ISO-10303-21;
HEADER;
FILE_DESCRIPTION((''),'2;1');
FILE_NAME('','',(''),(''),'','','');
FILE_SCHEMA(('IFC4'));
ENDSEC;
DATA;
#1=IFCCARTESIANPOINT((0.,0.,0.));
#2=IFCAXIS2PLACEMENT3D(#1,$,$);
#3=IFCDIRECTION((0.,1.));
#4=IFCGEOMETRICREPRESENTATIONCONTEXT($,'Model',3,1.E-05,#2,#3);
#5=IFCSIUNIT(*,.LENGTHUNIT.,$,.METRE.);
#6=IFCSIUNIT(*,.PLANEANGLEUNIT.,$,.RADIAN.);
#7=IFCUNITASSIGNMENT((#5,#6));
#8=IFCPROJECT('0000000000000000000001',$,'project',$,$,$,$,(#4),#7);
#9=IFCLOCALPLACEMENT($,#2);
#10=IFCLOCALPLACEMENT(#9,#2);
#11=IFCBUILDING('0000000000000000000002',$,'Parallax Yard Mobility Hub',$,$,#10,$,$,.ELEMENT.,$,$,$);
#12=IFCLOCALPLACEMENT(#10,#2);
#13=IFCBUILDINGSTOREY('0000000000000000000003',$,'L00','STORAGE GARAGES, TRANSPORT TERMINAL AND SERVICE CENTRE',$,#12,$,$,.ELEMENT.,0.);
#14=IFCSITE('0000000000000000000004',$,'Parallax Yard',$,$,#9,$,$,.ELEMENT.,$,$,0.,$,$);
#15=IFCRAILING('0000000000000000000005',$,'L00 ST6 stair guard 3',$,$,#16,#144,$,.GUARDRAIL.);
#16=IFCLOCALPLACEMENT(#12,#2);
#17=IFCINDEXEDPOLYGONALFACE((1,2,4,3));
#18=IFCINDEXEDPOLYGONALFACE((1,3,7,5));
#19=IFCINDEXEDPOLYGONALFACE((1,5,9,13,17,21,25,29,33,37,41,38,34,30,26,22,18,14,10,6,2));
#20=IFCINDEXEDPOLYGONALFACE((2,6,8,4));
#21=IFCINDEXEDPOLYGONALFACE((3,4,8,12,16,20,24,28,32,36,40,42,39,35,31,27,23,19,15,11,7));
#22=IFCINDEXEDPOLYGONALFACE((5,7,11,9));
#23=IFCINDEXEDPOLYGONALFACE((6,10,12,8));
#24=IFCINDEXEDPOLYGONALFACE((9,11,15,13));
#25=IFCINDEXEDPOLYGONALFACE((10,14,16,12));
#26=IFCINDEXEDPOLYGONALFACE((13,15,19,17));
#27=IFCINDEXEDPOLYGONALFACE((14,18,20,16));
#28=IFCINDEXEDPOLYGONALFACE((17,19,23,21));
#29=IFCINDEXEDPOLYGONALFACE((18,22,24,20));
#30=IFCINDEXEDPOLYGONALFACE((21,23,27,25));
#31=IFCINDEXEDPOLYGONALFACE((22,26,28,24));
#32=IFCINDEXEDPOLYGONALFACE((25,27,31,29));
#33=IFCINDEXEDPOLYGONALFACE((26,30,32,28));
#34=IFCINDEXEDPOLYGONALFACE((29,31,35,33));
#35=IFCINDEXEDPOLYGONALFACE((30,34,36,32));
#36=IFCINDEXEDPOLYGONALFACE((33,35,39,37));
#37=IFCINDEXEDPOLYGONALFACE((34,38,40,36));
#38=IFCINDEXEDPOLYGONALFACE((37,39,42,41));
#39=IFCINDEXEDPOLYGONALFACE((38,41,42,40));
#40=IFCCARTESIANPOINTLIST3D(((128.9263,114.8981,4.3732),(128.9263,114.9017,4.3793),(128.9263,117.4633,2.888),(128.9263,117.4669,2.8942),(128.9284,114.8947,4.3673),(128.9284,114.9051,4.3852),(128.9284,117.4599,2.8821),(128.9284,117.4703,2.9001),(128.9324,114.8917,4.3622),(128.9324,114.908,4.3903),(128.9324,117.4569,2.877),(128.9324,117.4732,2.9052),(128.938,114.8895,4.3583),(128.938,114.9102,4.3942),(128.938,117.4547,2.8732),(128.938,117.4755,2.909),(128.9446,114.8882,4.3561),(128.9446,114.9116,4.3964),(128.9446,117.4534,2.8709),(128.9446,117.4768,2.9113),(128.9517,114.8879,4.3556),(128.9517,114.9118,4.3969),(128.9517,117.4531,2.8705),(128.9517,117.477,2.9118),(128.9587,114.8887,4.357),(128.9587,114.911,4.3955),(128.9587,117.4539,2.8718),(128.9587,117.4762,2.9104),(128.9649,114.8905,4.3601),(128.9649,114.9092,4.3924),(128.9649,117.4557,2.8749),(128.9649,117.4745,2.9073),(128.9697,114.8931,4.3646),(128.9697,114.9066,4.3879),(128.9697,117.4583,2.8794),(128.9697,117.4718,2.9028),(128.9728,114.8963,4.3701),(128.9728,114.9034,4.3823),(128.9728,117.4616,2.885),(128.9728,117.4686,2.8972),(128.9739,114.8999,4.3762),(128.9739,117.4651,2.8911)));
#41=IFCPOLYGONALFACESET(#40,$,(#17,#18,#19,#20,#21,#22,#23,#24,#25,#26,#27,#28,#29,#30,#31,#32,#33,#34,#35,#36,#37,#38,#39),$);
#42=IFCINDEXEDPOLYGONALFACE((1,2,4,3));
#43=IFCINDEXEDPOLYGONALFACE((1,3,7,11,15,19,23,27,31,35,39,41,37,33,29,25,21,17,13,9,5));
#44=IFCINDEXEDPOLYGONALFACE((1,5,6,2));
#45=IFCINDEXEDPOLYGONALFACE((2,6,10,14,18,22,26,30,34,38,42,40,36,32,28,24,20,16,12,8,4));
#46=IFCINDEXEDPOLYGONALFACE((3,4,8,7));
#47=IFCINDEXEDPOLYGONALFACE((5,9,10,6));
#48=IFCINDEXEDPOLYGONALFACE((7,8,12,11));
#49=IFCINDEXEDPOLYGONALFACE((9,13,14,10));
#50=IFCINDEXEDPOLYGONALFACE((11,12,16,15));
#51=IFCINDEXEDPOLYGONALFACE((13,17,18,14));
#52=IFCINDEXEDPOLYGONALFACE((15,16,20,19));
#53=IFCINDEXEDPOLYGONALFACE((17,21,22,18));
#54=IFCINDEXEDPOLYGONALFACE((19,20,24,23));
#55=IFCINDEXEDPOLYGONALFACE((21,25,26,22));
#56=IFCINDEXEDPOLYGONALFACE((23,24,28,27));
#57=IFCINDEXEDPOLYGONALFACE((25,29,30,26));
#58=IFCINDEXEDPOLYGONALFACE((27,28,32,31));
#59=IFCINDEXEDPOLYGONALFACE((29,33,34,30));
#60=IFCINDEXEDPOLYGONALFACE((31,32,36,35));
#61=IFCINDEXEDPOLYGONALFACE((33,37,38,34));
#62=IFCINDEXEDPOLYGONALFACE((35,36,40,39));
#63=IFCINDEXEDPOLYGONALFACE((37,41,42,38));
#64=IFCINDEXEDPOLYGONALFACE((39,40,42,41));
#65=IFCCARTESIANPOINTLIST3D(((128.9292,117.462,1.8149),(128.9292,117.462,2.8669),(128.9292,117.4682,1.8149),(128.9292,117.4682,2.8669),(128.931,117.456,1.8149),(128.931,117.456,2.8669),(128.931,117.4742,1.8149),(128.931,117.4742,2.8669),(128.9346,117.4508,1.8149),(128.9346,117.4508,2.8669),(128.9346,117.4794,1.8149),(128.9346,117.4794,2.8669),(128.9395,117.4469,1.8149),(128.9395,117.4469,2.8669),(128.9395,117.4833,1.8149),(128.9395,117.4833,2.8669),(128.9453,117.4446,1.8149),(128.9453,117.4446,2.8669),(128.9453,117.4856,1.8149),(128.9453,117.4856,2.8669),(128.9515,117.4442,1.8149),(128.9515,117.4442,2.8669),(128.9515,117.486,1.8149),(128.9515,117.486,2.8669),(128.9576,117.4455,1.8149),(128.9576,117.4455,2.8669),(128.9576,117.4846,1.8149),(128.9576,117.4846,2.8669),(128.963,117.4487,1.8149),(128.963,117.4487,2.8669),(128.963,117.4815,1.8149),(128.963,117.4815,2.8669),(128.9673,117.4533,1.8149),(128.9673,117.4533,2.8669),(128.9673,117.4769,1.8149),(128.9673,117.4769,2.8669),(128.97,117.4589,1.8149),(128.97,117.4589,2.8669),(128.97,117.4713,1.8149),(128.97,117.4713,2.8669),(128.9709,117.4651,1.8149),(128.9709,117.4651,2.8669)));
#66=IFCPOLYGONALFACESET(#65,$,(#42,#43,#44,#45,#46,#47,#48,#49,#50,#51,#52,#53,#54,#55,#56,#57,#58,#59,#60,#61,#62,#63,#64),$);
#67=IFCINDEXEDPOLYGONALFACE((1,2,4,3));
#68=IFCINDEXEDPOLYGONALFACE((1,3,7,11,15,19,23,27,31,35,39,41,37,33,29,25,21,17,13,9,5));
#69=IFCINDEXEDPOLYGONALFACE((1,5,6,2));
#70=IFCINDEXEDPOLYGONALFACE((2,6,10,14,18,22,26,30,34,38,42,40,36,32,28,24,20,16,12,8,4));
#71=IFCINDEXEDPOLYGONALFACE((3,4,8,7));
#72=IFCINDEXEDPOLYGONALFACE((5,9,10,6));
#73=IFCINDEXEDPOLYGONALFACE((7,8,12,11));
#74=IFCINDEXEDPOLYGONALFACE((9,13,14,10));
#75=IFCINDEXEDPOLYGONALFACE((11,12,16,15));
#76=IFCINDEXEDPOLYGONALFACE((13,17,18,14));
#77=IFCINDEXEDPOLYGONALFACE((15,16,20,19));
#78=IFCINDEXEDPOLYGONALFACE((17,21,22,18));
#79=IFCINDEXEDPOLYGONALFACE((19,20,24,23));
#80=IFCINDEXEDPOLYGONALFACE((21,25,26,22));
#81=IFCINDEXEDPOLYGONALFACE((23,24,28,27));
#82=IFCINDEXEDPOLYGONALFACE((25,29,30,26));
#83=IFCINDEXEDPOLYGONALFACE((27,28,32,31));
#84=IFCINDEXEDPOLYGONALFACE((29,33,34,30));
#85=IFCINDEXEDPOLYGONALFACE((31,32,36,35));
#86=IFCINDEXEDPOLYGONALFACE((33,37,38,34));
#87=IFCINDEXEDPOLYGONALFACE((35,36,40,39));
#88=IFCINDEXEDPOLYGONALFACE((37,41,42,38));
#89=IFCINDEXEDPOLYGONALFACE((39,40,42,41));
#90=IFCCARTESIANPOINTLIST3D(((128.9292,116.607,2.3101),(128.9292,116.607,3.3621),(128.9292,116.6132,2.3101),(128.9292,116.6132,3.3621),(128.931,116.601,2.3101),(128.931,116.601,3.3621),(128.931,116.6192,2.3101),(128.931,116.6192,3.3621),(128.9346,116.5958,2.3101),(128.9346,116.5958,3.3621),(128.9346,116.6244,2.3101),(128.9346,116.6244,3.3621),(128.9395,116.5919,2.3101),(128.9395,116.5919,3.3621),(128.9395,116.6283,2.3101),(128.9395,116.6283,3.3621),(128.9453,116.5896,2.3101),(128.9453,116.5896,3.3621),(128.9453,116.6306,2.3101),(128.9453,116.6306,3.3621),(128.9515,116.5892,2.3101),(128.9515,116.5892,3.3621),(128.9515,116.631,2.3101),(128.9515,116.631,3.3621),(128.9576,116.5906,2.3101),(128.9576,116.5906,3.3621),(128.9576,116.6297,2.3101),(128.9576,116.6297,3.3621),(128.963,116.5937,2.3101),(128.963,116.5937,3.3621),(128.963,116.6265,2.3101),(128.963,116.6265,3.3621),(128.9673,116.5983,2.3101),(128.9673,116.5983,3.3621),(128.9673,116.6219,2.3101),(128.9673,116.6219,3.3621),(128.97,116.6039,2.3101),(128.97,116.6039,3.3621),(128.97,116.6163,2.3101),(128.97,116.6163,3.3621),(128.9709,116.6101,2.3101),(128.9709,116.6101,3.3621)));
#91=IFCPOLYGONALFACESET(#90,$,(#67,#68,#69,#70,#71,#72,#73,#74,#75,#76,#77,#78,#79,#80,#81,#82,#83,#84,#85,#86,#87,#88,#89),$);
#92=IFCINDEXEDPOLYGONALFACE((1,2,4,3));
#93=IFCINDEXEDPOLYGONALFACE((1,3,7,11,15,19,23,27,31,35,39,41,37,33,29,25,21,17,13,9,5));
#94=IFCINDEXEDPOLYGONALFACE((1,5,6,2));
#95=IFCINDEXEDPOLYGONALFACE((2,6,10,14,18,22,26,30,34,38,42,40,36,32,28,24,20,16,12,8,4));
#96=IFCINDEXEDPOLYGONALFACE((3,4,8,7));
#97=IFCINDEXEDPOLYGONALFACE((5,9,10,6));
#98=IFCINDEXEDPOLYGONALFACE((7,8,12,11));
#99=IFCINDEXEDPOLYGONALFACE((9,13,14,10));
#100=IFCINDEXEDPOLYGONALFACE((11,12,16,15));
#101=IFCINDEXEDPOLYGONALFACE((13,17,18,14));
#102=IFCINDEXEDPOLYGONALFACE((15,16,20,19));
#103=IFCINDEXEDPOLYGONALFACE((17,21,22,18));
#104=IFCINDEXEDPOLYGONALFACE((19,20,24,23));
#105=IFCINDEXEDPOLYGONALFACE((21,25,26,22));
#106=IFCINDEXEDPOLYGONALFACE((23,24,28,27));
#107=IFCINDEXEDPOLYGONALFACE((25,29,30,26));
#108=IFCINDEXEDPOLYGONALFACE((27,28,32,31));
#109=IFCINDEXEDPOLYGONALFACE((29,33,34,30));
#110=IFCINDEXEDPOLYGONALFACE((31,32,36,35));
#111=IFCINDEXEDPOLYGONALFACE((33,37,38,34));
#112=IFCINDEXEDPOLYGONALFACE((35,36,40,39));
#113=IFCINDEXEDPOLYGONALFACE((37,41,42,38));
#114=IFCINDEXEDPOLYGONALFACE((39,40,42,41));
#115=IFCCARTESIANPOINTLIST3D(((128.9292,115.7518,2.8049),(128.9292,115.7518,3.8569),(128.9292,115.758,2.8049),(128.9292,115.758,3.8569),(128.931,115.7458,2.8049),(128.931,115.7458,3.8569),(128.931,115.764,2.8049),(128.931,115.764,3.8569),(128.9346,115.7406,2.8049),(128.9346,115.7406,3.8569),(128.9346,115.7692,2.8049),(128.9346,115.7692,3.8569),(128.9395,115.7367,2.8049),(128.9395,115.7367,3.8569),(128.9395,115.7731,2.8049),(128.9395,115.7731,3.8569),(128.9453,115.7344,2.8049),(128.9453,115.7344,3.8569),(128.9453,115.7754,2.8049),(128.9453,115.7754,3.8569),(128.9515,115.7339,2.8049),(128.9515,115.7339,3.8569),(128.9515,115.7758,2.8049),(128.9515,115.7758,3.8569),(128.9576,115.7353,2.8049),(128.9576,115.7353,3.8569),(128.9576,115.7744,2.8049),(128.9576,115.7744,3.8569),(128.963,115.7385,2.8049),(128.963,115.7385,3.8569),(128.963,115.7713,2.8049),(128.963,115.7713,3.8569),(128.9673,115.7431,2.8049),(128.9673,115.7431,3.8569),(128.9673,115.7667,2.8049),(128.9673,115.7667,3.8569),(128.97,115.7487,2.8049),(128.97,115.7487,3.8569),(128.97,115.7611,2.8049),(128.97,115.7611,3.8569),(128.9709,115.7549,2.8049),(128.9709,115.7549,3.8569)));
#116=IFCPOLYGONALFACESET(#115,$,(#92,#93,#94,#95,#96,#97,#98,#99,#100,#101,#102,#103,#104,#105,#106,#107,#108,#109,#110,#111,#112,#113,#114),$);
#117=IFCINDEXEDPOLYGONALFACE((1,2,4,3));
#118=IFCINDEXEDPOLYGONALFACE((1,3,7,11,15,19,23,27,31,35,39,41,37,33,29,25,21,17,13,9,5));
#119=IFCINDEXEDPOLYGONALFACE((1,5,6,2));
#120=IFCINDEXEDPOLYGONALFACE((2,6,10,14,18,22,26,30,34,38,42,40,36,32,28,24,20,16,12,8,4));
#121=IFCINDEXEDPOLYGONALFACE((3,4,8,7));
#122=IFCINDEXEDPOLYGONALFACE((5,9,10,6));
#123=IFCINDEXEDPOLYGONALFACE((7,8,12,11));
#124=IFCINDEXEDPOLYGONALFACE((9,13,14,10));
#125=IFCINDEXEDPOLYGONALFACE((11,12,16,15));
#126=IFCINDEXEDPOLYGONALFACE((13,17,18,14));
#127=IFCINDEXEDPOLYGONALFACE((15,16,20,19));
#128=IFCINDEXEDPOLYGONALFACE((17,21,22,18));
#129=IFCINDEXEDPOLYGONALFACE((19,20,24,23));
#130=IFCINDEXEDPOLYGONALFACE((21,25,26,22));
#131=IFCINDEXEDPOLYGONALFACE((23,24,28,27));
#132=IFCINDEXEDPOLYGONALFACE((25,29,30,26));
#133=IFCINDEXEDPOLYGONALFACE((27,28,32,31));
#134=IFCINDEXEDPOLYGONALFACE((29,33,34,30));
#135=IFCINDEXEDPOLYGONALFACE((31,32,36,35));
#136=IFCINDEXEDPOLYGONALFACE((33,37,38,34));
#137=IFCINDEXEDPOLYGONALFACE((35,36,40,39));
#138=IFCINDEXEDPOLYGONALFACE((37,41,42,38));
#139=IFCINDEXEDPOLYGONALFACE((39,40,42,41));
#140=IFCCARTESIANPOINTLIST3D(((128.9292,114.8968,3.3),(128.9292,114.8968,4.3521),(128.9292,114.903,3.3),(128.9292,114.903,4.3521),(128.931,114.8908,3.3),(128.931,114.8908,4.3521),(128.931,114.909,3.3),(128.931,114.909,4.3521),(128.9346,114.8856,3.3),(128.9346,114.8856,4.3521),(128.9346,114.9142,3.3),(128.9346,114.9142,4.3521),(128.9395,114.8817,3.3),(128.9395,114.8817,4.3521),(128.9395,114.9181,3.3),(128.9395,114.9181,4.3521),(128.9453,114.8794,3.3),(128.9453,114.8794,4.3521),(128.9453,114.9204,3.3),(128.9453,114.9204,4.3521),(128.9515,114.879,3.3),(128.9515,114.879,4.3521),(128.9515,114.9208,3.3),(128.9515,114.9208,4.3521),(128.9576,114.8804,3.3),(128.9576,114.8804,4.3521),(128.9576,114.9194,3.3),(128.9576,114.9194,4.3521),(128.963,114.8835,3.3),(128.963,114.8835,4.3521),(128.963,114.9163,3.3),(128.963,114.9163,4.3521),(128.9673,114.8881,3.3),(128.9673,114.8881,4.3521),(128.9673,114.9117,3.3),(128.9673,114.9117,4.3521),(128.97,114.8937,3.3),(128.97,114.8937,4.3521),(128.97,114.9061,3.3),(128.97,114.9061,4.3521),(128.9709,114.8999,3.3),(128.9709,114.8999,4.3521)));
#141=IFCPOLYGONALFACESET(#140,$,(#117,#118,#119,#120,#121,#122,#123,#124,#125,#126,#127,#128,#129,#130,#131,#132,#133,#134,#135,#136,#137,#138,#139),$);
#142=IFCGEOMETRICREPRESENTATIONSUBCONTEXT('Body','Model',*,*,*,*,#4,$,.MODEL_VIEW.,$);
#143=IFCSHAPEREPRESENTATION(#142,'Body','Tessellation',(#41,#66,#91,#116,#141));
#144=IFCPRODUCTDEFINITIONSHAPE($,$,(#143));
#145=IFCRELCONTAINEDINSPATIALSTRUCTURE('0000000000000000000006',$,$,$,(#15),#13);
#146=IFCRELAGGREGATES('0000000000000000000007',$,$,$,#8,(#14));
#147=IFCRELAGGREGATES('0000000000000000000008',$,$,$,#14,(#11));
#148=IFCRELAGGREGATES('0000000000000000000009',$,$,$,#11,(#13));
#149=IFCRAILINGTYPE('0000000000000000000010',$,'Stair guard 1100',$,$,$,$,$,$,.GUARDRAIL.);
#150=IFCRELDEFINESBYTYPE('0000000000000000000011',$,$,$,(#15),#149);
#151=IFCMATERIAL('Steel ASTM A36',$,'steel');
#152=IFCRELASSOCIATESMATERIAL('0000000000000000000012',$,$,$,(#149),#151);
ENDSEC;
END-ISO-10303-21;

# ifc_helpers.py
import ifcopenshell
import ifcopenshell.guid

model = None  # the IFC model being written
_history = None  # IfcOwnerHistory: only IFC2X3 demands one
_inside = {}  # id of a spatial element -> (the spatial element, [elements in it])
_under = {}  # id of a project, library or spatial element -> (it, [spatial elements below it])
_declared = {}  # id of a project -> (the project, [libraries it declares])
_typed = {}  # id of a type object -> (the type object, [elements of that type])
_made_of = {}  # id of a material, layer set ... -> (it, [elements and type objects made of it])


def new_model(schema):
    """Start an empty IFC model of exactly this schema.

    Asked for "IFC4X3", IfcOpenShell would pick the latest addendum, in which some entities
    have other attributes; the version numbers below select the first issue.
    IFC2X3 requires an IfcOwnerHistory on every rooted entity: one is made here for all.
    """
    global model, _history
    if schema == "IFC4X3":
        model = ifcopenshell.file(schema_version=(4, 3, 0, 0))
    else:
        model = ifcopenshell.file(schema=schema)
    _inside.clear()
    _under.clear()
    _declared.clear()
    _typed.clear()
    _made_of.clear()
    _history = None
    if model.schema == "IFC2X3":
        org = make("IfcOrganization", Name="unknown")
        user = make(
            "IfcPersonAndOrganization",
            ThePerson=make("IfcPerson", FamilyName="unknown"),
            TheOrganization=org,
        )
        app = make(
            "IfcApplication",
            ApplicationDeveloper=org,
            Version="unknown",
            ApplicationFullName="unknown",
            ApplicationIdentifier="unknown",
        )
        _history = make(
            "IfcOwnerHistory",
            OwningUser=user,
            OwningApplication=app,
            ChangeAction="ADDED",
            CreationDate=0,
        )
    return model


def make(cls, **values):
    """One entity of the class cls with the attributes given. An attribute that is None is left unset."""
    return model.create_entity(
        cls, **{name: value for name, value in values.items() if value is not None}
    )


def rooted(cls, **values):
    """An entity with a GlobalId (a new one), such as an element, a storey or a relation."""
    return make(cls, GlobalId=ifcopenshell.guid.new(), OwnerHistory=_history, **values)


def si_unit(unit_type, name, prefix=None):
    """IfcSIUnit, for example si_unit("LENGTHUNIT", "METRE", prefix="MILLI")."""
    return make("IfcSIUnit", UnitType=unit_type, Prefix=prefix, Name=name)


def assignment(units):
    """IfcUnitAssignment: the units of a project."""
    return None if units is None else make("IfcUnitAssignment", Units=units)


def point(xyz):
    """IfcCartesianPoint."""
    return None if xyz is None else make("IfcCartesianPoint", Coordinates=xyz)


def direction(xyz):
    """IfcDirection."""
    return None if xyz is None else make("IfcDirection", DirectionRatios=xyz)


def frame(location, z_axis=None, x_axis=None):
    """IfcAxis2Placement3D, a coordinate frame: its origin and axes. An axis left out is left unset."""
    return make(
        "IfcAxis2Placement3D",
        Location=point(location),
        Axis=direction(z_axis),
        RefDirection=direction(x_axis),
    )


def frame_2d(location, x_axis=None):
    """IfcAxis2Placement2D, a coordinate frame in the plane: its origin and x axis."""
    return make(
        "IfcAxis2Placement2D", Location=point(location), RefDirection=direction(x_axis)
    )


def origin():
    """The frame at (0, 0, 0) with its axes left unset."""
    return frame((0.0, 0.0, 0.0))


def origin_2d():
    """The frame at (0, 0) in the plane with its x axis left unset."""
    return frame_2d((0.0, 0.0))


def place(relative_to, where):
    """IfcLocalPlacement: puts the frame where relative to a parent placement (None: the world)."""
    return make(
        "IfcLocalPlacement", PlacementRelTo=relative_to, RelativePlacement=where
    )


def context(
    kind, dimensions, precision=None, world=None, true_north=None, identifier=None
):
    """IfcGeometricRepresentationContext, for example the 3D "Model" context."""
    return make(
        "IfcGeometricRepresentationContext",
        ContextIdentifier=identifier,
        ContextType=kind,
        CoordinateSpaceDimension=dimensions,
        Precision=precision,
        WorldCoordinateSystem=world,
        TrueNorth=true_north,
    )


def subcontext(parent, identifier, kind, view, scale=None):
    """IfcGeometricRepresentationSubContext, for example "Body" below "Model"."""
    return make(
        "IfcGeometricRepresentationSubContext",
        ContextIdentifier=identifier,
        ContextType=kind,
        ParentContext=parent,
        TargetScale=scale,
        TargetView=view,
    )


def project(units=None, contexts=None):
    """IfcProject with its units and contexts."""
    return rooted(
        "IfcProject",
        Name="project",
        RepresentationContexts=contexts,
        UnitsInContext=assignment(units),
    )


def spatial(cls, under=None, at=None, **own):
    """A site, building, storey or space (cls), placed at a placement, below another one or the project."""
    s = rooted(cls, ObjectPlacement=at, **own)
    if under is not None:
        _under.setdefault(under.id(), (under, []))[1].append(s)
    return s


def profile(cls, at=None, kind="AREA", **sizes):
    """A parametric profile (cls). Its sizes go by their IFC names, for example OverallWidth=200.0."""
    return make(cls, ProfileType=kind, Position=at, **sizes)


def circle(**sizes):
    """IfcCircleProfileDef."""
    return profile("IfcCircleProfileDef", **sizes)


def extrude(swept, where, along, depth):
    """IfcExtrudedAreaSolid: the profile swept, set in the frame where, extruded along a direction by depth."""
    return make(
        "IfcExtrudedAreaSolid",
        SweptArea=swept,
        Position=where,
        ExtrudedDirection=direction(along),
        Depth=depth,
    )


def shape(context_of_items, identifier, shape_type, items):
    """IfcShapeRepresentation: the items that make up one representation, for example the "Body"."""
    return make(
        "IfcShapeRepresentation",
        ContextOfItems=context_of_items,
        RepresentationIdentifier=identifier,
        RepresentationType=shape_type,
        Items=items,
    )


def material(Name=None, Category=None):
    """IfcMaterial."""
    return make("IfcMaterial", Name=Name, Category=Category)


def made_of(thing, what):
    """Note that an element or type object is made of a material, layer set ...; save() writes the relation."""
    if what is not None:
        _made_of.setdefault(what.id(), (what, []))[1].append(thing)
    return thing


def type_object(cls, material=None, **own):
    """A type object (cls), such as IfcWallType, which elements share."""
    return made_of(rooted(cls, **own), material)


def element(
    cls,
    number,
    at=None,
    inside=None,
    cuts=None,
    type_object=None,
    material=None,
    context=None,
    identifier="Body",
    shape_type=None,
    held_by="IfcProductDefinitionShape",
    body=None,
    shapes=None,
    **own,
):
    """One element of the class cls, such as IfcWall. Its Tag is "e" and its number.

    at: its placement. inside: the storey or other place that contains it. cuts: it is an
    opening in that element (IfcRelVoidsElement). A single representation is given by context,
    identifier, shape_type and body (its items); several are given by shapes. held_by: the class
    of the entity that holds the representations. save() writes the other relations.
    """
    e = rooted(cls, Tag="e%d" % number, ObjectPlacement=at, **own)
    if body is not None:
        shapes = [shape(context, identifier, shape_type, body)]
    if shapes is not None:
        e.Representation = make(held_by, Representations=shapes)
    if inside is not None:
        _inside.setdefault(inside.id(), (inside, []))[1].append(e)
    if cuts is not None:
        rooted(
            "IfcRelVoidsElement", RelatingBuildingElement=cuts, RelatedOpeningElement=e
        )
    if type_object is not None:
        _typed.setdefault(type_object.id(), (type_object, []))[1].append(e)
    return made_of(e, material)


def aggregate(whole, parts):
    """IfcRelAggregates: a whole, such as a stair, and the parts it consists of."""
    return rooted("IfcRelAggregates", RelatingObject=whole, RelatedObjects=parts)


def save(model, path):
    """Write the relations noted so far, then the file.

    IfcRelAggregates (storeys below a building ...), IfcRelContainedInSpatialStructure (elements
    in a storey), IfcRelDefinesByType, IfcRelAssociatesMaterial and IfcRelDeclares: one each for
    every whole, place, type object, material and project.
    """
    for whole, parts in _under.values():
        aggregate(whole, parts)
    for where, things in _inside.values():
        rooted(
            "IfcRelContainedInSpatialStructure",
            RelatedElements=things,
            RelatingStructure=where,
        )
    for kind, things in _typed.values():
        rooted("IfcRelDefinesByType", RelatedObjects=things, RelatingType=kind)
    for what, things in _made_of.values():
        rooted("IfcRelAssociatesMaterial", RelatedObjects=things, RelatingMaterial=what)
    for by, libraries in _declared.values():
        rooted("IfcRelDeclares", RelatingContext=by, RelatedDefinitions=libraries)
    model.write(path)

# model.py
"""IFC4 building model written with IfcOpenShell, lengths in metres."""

from ifc_helpers import new_model, si_unit, direction, frame, origin, origin_2d, place, context, subcontext, project, spatial, circle, extrude, material, type_object, element, save


model = new_model("IFC4")

# Units and contexts
model_context = context("Model", 3, precision=1e-05, world=origin(), true_north=direction((0.0, 1.0)))
body_context = subcontext(model_context, "Body", "Model", "MODEL_VIEW")
ifc_project = project(units=[si_unit("LENGTHUNIT", "METRE"), si_unit("PLANEANGLEUNIT", "RADIAN")], contexts=[model_context])

# Site, building, storey
site_placement = place(None, origin())
site = spatial("IfcSite", under=ifc_project, at=site_placement, Name="Parallax Yard", CompositionType="ELEMENT", RefElevation=0.0)
building_placement = place(site_placement, origin())
building = spatial("IfcBuilding", under=site, at=building_placement, Name="Parallax Yard Mobility Hub", CompositionType="ELEMENT")
storey_placement = place(building_placement, origin())
storey = spatial("IfcBuildingStorey", under=building, at=storey_placement, Name="L00", Description="STORAGE GARAGES, TRANSPORT TERMINAL AND SERVICE CENTRE", CompositionType="ELEMENT", Elevation=0.0)

# Railing
ifc_material_1 = material(Name="Steel ASTM A36", Category="steel")
railing_type_1 = type_object("IfcRailingType", Name="Stair guard 1100", PredefinedType="GUARDRAIL", material=ifc_material_1)
railing_1_placement = place(storey_placement, frame((128.95, 117.4651, 1.8149)))
element("IfcRailing", 1, at=railing_1_placement, inside=storey, type_object=railing_type_1, Name="L00 ST6 stair guard 3", PredefinedType="GUARDRAIL", context=body_context, shape_type="SweptSolid", body=[
    extrude(circle(Radius=0.0239, at=origin_2d()), frame((0.0, 0.0, 1.0762), z_axis=(0.0, -0.865426, 0.501036), x_axis=(1.0, 0.0, 0.0)), (0.0, 0.0, 1.0), 2.9641),
    extrude(circle(Radius=0.021, at=origin_2d()), origin(), (0.0, 0.0, 1.0), 1.052),
    extrude(circle(Radius=0.021, at=origin_2d()), frame((0.0, -0.855, 0.4951)), (0.0, 0.0, 1.0), 1.052),
    extrude(circle(Radius=0.021, at=origin_2d()), frame((0.0, -1.7102, 0.99)), (0.0, 0.0, 1.0), 1.052),
    extrude(circle(Radius=0.021, at=origin_2d()), frame((0.0, -2.5652, 1.4851)), (0.0, 0.0, 1.0), 1.052),
])

save(model, "model.ifc")
